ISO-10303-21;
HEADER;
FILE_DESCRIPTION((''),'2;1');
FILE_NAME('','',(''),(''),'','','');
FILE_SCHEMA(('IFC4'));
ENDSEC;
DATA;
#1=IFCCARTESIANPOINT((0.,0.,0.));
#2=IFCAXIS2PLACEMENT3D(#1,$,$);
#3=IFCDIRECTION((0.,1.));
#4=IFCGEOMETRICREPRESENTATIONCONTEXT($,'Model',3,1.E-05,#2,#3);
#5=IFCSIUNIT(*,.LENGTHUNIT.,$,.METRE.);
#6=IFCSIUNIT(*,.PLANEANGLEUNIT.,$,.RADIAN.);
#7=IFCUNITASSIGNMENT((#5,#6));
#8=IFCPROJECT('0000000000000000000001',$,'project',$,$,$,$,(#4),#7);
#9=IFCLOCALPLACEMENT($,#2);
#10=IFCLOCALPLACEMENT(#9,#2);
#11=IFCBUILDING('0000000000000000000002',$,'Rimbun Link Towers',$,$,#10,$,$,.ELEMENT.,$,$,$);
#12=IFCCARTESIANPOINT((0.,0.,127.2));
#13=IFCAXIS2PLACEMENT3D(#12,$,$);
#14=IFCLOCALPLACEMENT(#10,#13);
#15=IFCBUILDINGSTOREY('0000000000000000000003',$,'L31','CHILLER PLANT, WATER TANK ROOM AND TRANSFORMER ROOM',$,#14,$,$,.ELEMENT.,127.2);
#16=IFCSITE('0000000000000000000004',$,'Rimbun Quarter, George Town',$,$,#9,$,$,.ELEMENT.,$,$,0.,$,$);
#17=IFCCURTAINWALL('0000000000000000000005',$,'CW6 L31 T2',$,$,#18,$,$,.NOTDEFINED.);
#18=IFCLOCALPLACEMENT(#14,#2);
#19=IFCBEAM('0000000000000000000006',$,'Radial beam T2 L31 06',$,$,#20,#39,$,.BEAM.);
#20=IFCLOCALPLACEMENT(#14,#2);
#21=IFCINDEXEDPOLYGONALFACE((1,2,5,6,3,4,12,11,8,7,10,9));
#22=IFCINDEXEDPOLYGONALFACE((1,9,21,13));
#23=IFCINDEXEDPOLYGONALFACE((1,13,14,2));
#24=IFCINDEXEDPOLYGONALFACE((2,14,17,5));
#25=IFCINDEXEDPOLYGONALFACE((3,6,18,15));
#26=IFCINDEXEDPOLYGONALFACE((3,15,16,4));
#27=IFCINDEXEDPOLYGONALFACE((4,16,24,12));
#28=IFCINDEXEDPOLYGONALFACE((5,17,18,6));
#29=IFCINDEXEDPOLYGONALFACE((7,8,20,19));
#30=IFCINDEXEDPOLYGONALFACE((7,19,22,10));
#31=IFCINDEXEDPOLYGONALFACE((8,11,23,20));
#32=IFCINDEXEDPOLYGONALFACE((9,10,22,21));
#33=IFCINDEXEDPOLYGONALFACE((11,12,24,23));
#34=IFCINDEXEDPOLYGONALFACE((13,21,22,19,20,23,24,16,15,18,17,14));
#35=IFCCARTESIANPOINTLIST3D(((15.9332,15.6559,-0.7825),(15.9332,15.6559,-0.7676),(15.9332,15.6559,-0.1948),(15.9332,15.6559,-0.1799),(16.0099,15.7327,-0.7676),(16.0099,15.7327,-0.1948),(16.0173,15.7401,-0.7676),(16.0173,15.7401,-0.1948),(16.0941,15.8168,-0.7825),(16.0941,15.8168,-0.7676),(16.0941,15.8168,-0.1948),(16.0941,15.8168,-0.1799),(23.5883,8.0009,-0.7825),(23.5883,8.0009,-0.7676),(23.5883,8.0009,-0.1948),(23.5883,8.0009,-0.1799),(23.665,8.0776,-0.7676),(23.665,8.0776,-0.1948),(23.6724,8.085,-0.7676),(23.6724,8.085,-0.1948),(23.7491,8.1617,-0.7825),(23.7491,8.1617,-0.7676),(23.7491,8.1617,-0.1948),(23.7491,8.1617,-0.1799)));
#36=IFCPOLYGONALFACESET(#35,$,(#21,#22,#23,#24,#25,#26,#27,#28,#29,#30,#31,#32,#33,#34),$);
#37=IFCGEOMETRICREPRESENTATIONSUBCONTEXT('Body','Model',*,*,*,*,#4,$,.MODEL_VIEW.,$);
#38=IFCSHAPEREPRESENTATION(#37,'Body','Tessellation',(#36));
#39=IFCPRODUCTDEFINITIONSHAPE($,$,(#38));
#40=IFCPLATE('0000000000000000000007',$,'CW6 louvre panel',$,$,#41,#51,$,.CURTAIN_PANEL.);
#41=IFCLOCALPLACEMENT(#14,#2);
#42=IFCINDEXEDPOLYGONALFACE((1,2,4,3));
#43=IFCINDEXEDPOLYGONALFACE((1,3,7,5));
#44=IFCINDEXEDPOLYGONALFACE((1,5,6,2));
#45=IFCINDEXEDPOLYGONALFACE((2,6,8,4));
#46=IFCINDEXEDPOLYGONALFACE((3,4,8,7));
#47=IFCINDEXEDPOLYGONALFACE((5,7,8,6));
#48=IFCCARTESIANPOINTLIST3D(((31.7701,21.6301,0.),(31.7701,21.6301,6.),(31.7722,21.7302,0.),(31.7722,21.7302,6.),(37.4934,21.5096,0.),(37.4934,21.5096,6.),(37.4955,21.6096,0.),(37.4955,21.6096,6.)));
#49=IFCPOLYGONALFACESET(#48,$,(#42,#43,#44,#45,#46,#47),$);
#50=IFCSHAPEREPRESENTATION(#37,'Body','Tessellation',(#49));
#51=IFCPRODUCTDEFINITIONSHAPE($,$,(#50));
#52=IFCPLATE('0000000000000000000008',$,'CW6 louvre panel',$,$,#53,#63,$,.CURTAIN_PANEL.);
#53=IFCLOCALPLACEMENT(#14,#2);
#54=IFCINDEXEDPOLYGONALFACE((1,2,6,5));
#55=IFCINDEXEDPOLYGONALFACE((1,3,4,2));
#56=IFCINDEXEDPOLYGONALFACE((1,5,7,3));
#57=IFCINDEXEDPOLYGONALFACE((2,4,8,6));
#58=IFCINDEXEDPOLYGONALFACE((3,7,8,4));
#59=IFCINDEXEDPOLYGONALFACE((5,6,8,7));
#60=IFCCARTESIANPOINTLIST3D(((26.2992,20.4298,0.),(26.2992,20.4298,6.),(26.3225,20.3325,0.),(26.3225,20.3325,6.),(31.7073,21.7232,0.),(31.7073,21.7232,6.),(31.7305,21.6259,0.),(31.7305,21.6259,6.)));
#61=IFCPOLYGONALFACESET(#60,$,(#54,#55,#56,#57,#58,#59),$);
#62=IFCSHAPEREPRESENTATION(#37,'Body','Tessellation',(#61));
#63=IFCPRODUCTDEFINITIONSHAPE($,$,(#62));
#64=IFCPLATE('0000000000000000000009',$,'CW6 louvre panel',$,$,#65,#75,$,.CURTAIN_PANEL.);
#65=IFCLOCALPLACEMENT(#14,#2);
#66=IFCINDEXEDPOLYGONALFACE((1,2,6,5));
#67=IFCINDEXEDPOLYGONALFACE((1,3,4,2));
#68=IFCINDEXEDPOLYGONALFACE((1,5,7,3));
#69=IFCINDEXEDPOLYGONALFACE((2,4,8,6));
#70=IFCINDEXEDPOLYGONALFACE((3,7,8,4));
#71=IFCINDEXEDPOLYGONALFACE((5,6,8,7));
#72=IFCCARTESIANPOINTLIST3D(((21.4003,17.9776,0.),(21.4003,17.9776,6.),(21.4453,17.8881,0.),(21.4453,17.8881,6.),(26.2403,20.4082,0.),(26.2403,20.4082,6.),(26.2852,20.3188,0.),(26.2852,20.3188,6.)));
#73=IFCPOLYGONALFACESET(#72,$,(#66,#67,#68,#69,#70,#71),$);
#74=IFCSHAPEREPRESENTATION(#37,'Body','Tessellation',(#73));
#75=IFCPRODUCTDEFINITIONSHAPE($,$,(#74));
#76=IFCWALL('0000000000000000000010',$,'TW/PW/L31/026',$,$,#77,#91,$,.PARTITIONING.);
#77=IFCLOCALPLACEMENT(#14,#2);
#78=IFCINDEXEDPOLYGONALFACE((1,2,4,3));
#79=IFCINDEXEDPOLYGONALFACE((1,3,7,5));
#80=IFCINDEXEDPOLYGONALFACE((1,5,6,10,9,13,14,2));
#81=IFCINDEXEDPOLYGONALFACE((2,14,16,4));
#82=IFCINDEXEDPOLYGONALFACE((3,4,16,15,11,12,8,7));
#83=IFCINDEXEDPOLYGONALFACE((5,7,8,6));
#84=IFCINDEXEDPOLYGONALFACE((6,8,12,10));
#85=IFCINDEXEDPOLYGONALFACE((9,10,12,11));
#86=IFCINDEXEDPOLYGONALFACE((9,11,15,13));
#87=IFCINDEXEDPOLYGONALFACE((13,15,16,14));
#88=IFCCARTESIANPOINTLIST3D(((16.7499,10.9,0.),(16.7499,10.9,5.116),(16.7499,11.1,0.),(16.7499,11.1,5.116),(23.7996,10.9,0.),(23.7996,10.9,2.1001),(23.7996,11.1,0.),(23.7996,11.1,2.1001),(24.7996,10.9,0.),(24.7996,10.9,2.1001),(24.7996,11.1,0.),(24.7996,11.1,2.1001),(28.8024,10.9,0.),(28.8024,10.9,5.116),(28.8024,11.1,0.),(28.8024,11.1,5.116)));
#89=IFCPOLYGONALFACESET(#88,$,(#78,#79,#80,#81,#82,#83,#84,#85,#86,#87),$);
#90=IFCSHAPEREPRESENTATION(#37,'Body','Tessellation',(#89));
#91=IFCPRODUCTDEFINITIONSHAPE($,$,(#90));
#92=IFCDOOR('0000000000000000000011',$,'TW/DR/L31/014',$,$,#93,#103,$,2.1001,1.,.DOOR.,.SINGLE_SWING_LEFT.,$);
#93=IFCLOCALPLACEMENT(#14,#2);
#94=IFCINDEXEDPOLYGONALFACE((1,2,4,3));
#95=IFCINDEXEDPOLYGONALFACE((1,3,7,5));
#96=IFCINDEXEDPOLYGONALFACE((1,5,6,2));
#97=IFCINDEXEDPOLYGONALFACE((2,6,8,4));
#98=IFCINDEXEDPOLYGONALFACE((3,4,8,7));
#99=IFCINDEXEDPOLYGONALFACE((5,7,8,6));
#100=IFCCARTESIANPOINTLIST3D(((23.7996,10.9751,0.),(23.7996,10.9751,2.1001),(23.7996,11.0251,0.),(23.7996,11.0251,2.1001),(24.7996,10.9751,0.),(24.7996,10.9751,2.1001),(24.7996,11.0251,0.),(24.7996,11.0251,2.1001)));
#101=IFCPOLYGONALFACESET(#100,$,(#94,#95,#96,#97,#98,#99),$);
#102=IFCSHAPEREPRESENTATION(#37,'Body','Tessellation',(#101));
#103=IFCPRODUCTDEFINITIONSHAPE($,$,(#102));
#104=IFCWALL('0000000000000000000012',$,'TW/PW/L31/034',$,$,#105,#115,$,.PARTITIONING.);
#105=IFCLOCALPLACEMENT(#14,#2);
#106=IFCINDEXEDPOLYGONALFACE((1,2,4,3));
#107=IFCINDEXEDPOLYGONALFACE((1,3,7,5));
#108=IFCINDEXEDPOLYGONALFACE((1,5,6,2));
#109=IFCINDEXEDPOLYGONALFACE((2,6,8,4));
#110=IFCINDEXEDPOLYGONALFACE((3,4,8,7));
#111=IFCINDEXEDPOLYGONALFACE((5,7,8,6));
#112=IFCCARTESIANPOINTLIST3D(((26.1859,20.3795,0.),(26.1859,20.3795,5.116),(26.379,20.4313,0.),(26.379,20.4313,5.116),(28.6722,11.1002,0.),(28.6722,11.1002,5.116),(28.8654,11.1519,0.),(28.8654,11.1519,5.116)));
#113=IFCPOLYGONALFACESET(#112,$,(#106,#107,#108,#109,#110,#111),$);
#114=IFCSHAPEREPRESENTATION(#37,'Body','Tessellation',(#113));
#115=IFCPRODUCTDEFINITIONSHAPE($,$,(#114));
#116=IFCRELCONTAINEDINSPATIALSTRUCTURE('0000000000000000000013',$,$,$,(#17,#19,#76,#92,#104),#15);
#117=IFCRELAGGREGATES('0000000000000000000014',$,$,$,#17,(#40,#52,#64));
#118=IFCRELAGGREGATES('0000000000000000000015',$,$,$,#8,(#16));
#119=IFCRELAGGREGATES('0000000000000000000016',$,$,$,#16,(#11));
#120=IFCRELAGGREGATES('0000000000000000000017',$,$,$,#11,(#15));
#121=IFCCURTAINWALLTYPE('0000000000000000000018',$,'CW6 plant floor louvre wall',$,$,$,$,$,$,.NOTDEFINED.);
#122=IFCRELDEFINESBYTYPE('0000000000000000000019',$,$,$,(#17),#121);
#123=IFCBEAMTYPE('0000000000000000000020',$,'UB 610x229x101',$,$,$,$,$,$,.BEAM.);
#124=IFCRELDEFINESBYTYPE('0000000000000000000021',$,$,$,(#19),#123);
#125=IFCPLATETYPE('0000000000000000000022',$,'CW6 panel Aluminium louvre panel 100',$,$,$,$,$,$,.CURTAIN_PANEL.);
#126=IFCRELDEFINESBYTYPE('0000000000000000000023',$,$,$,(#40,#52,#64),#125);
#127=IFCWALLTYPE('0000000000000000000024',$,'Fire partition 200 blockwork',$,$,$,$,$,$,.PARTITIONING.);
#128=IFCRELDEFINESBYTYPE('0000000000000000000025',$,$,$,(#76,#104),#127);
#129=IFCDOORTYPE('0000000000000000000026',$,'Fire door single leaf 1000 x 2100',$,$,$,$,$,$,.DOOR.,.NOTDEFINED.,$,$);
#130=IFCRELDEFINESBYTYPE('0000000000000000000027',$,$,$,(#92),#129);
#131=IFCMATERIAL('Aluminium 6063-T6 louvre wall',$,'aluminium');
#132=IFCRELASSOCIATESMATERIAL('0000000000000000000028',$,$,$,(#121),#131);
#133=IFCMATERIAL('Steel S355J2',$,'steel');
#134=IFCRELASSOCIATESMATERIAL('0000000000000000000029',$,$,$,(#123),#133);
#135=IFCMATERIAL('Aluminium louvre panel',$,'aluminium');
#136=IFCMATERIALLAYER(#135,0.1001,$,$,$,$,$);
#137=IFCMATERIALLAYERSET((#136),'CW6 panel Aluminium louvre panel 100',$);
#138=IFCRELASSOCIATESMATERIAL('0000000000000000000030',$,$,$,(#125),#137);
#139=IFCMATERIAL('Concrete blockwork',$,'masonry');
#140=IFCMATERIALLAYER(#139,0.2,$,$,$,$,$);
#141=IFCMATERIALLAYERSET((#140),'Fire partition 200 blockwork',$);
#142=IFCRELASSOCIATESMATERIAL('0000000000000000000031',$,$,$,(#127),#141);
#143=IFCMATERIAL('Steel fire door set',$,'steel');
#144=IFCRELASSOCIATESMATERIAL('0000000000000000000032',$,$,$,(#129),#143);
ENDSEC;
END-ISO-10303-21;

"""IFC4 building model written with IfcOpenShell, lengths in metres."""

from ifc_helpers import new_model, si_unit, direction, frame, frame_2d, origin, origin_2d, place, context, subcontext, project, spatial, rectangle, i_section, extrude, material, layer, layer_set, material_profile, profile_set, type_object, element, fill, aggregate, save


model = new_model("IFC4")

# Units and contexts
model_context = context("Model", 3, precision=1e-05, world=origin(), true_north=direction((0.0, 1.0)))
body_context = subcontext(model_context, "Body", "Model", "MODEL_VIEW")
ifc_project = project(units=[si_unit("LENGTHUNIT", "METRE"), si_unit("PLANEANGLEUNIT", "RADIAN")], contexts=[model_context])

# Site, building, storey
site_placement = place(None, origin())
site = spatial("IfcSite", under=ifc_project, at=site_placement, Name="Rimbun Quarter, George Town", CompositionType="ELEMENT", RefElevation=0.0)
building_placement = place(site_placement, origin())
building = spatial("IfcBuilding", under=site, at=building_placement, Name="Rimbun Link Towers", CompositionType="ELEMENT")
storey_placement = place(building_placement, frame((0.0, 0.0, 127.2)))
storey = spatial("IfcBuildingStorey", under=building, at=storey_placement, Name="L31", Description="CHILLER PLANT, WATER TANK ROOM AND TRANSFORMER ROOM", CompositionType="ELEMENT", Elevation=127.2)

# Curtain wall
ifc_material_1 = material(Name="Aluminium 6063-T6 louvre wall", Category="aluminium")
curtain_wall_type = type_object("IfcCurtainWallType", Name="CW6 plant floor louvre wall", PredefinedType="NOTDEFINED", material=ifc_material_1)
curtain_wall_placement = place(storey_placement, origin())
curtain_wall = element("IfcCurtainWall", 1, at=curtain_wall_placement, inside=storey, type_object=curtain_wall_type, Name="CW6 L31 T2", PredefinedType="NOTDEFINED")

# Beam
ifc_material_2 = material(Name="Steel S355J2", Category="steel")
ifc_material_profile_1 = material_profile(ifc_material_2, i_section(OverallWidth=0.2275, OverallDepth=0.6025, WebThickness=0.0105, FlangeThickness=0.0149, at=origin_2d()), Name="UB 610x229x101")
ifc_profile_set_1 = profile_set([ifc_material_profile_1], Name="Steel S355J2")
beam_type_1 = type_object("IfcBeamType", Name="UB 610x229x101", PredefinedType="BEAM", material=ifc_profile_set_1)
beam_1_placement = place(storey_placement, frame((23.6687, 8.0813, -0.4812), z_axis=(-0.707107, 0.707107, 0.0), x_axis=(-0.707107, -0.707107, 0.0)))
element("IfcBeam", 2, at=beam_1_placement, inside=storey, type_object=beam_type_1, Name="Radial beam T2 L31 06", PredefinedType="BEAM", context=body_context, shape_type="SweptSolid", body=[
    extrude(i_section(OverallWidth=0.2275, OverallDepth=0.6025, WebThickness=0.0105, FlangeThickness=0.0149, at=origin_2d()), origin(), (0.0, 0.0, 1.0), 10.8259),
])

# Plates
ifc_material_3 = material(Name="Aluminium louvre panel", Category="aluminium")
ifc_layer_1 = layer(ifc_material_3, 0.1001)
ifc_layer_set_1 = layer_set([ifc_layer_1], Name="CW6 panel Aluminium louvre panel 100")
plate_type = type_object("IfcPlateType", Name="CW6 panel Aluminium louvre panel 100", PredefinedType="CURTAIN_PANEL", material=ifc_layer_set_1)
plate_1_placement = place(storey_placement, frame((34.6328, 21.6199, 0.0), z_axis=(0.0, 0.0, 1.0), x_axis=(0.999778, -0.021059, 0.0)))
plate_1 = element("IfcPlate", 3, at=plate_1_placement, type_object=plate_type, Name="CW6 louvre panel", PredefinedType="CURTAIN_PANEL", context=body_context, shape_type="SweptSolid", body=[
    extrude(rectangle(XDim=5.7246, YDim=0.1001, at=origin_2d()), origin(), (0.0, 0.0, 1.0), 6.0),
])
plate_2_placement = place(storey_placement, frame((29.0149, 21.0278, 0.0), z_axis=(0.0, 0.0, 1.0), x_axis=(0.972572, 0.232604, 0.0)))
plate_2 = element("IfcPlate", 4, at=plate_2_placement, type_object=plate_type, Name="CW6 louvre panel", PredefinedType="CURTAIN_PANEL", context=body_context, shape_type="SweptSolid", body=[
    extrude(rectangle(XDim=5.5605, YDim=0.1001, at=origin_2d()), origin(), (0.0, 0.0, 1.0), 6.0),
])
plate_3_placement = place(storey_placement, frame((23.8428, 19.1482, 0.0), z_axis=(0.0, 0.0, 1.0), x_axis=(0.893638, 0.448789, 0.0)))
plate_3 = element("IfcPlate", 5, at=plate_3_placement, type_object=plate_type, Name="CW6 louvre panel", PredefinedType="CURTAIN_PANEL", context=body_context, shape_type="SweptSolid", body=[
    extrude(rectangle(XDim=5.416, YDim=0.1001, at=origin_2d()), origin(), (0.0, 0.0, 1.0), 6.0),
])
aggregate(curtain_wall, [plate_1, plate_2, plate_3])

# Wall, opening, door
ifc_material_4 = material(Name="Concrete blockwork", Category="masonry")
ifc_layer_2 = layer(ifc_material_4, 0.2)
ifc_layer_set_2 = layer_set([ifc_layer_2], Name="Fire partition 200 blockwork")
wall_type = type_object("IfcWallType", Name="Fire partition 200 blockwork", PredefinedType="PARTITIONING", material=ifc_layer_set_2)
wall_1_placement = place(storey_placement, frame((28.8025, 11.0, 0.0), z_axis=(0.0, 0.0, 1.0), x_axis=(-1.0, 0.0, 0.0)))
wall_1 = element("IfcWall", 6, at=wall_1_placement, inside=storey, type_object=wall_type, Name="TW/PW/L31/026", PredefinedType="PARTITIONING", context=body_context, shape_type="SweptSolid", body=[
    extrude(rectangle(XDim=12.0525, YDim=0.2, at=frame_2d((6.0264, 0.0))), origin(), (0.0, 0.0, 1.0), 5.116),
])
opening_placement = place(wall_1_placement, frame((4.0029, 0.0, 0.0)))
opening = element("IfcOpeningElement", 7, at=opening_placement, cuts=wall_1, PredefinedType="OPENING", context=body_context, shape_type="SweptSolid", body=[
    extrude(rectangle(XDim=1.0, YDim=2.1001, at=frame_2d((0.5, 1.05))), frame((0.0, 0.1099, 0.0), z_axis=(0.0, -1.0, 0.0), x_axis=(1.0, 0.0, 0.0)), (0.0, 0.0, 1.0), 0.22),
])
ifc_material_5 = material(Name="Steel fire door set", Category="steel")
door_type = type_object("IfcDoorType", Name="Fire door single leaf 1000 x 2100", OperationType="NOTDEFINED", PredefinedType="DOOR", material=ifc_material_5)
door_placement = place(opening_placement, origin())
door = element("IfcDoor", 8, at=door_placement, inside=storey, type_object=door_type, Name="TW/DR/L31/014", OperationType="SINGLE_SWING_LEFT", OverallHeight=2.1001, OverallWidth=1.0, PredefinedType="DOOR", context=body_context, shape_type="SweptSolid", body=[
    extrude(rectangle(XDim=1.0, YDim=2.1001, at=frame_2d((0.5, 1.05))), frame((0.0, 0.0249, 0.0), z_axis=(0.0, -1.0, 0.0), x_axis=(1.0, 0.0, 0.0)), (0.0, 0.0, 1.0), 0.05),
])
fill(opening, door)

# Wall
wall_2_placement = place(storey_placement, frame((26.2825, 20.4053, 0.0), z_axis=(0.0, 0.0, 1.0), x_axis=(0.258814, -0.965927, 0.0)))
element("IfcWall", 9, at=wall_2_placement, inside=storey, type_object=wall_type, Name="TW/PW/L31/034", PredefinedType="PARTITIONING", context=body_context, shape_type="SweptSolid", body=[
    extrude(rectangle(XDim=9.6067, YDim=0.2, at=frame_2d((4.8032, 0.0))), origin(), (0.0, 0.0, 1.0), 5.116),
])

save(model, "model.ifc")
